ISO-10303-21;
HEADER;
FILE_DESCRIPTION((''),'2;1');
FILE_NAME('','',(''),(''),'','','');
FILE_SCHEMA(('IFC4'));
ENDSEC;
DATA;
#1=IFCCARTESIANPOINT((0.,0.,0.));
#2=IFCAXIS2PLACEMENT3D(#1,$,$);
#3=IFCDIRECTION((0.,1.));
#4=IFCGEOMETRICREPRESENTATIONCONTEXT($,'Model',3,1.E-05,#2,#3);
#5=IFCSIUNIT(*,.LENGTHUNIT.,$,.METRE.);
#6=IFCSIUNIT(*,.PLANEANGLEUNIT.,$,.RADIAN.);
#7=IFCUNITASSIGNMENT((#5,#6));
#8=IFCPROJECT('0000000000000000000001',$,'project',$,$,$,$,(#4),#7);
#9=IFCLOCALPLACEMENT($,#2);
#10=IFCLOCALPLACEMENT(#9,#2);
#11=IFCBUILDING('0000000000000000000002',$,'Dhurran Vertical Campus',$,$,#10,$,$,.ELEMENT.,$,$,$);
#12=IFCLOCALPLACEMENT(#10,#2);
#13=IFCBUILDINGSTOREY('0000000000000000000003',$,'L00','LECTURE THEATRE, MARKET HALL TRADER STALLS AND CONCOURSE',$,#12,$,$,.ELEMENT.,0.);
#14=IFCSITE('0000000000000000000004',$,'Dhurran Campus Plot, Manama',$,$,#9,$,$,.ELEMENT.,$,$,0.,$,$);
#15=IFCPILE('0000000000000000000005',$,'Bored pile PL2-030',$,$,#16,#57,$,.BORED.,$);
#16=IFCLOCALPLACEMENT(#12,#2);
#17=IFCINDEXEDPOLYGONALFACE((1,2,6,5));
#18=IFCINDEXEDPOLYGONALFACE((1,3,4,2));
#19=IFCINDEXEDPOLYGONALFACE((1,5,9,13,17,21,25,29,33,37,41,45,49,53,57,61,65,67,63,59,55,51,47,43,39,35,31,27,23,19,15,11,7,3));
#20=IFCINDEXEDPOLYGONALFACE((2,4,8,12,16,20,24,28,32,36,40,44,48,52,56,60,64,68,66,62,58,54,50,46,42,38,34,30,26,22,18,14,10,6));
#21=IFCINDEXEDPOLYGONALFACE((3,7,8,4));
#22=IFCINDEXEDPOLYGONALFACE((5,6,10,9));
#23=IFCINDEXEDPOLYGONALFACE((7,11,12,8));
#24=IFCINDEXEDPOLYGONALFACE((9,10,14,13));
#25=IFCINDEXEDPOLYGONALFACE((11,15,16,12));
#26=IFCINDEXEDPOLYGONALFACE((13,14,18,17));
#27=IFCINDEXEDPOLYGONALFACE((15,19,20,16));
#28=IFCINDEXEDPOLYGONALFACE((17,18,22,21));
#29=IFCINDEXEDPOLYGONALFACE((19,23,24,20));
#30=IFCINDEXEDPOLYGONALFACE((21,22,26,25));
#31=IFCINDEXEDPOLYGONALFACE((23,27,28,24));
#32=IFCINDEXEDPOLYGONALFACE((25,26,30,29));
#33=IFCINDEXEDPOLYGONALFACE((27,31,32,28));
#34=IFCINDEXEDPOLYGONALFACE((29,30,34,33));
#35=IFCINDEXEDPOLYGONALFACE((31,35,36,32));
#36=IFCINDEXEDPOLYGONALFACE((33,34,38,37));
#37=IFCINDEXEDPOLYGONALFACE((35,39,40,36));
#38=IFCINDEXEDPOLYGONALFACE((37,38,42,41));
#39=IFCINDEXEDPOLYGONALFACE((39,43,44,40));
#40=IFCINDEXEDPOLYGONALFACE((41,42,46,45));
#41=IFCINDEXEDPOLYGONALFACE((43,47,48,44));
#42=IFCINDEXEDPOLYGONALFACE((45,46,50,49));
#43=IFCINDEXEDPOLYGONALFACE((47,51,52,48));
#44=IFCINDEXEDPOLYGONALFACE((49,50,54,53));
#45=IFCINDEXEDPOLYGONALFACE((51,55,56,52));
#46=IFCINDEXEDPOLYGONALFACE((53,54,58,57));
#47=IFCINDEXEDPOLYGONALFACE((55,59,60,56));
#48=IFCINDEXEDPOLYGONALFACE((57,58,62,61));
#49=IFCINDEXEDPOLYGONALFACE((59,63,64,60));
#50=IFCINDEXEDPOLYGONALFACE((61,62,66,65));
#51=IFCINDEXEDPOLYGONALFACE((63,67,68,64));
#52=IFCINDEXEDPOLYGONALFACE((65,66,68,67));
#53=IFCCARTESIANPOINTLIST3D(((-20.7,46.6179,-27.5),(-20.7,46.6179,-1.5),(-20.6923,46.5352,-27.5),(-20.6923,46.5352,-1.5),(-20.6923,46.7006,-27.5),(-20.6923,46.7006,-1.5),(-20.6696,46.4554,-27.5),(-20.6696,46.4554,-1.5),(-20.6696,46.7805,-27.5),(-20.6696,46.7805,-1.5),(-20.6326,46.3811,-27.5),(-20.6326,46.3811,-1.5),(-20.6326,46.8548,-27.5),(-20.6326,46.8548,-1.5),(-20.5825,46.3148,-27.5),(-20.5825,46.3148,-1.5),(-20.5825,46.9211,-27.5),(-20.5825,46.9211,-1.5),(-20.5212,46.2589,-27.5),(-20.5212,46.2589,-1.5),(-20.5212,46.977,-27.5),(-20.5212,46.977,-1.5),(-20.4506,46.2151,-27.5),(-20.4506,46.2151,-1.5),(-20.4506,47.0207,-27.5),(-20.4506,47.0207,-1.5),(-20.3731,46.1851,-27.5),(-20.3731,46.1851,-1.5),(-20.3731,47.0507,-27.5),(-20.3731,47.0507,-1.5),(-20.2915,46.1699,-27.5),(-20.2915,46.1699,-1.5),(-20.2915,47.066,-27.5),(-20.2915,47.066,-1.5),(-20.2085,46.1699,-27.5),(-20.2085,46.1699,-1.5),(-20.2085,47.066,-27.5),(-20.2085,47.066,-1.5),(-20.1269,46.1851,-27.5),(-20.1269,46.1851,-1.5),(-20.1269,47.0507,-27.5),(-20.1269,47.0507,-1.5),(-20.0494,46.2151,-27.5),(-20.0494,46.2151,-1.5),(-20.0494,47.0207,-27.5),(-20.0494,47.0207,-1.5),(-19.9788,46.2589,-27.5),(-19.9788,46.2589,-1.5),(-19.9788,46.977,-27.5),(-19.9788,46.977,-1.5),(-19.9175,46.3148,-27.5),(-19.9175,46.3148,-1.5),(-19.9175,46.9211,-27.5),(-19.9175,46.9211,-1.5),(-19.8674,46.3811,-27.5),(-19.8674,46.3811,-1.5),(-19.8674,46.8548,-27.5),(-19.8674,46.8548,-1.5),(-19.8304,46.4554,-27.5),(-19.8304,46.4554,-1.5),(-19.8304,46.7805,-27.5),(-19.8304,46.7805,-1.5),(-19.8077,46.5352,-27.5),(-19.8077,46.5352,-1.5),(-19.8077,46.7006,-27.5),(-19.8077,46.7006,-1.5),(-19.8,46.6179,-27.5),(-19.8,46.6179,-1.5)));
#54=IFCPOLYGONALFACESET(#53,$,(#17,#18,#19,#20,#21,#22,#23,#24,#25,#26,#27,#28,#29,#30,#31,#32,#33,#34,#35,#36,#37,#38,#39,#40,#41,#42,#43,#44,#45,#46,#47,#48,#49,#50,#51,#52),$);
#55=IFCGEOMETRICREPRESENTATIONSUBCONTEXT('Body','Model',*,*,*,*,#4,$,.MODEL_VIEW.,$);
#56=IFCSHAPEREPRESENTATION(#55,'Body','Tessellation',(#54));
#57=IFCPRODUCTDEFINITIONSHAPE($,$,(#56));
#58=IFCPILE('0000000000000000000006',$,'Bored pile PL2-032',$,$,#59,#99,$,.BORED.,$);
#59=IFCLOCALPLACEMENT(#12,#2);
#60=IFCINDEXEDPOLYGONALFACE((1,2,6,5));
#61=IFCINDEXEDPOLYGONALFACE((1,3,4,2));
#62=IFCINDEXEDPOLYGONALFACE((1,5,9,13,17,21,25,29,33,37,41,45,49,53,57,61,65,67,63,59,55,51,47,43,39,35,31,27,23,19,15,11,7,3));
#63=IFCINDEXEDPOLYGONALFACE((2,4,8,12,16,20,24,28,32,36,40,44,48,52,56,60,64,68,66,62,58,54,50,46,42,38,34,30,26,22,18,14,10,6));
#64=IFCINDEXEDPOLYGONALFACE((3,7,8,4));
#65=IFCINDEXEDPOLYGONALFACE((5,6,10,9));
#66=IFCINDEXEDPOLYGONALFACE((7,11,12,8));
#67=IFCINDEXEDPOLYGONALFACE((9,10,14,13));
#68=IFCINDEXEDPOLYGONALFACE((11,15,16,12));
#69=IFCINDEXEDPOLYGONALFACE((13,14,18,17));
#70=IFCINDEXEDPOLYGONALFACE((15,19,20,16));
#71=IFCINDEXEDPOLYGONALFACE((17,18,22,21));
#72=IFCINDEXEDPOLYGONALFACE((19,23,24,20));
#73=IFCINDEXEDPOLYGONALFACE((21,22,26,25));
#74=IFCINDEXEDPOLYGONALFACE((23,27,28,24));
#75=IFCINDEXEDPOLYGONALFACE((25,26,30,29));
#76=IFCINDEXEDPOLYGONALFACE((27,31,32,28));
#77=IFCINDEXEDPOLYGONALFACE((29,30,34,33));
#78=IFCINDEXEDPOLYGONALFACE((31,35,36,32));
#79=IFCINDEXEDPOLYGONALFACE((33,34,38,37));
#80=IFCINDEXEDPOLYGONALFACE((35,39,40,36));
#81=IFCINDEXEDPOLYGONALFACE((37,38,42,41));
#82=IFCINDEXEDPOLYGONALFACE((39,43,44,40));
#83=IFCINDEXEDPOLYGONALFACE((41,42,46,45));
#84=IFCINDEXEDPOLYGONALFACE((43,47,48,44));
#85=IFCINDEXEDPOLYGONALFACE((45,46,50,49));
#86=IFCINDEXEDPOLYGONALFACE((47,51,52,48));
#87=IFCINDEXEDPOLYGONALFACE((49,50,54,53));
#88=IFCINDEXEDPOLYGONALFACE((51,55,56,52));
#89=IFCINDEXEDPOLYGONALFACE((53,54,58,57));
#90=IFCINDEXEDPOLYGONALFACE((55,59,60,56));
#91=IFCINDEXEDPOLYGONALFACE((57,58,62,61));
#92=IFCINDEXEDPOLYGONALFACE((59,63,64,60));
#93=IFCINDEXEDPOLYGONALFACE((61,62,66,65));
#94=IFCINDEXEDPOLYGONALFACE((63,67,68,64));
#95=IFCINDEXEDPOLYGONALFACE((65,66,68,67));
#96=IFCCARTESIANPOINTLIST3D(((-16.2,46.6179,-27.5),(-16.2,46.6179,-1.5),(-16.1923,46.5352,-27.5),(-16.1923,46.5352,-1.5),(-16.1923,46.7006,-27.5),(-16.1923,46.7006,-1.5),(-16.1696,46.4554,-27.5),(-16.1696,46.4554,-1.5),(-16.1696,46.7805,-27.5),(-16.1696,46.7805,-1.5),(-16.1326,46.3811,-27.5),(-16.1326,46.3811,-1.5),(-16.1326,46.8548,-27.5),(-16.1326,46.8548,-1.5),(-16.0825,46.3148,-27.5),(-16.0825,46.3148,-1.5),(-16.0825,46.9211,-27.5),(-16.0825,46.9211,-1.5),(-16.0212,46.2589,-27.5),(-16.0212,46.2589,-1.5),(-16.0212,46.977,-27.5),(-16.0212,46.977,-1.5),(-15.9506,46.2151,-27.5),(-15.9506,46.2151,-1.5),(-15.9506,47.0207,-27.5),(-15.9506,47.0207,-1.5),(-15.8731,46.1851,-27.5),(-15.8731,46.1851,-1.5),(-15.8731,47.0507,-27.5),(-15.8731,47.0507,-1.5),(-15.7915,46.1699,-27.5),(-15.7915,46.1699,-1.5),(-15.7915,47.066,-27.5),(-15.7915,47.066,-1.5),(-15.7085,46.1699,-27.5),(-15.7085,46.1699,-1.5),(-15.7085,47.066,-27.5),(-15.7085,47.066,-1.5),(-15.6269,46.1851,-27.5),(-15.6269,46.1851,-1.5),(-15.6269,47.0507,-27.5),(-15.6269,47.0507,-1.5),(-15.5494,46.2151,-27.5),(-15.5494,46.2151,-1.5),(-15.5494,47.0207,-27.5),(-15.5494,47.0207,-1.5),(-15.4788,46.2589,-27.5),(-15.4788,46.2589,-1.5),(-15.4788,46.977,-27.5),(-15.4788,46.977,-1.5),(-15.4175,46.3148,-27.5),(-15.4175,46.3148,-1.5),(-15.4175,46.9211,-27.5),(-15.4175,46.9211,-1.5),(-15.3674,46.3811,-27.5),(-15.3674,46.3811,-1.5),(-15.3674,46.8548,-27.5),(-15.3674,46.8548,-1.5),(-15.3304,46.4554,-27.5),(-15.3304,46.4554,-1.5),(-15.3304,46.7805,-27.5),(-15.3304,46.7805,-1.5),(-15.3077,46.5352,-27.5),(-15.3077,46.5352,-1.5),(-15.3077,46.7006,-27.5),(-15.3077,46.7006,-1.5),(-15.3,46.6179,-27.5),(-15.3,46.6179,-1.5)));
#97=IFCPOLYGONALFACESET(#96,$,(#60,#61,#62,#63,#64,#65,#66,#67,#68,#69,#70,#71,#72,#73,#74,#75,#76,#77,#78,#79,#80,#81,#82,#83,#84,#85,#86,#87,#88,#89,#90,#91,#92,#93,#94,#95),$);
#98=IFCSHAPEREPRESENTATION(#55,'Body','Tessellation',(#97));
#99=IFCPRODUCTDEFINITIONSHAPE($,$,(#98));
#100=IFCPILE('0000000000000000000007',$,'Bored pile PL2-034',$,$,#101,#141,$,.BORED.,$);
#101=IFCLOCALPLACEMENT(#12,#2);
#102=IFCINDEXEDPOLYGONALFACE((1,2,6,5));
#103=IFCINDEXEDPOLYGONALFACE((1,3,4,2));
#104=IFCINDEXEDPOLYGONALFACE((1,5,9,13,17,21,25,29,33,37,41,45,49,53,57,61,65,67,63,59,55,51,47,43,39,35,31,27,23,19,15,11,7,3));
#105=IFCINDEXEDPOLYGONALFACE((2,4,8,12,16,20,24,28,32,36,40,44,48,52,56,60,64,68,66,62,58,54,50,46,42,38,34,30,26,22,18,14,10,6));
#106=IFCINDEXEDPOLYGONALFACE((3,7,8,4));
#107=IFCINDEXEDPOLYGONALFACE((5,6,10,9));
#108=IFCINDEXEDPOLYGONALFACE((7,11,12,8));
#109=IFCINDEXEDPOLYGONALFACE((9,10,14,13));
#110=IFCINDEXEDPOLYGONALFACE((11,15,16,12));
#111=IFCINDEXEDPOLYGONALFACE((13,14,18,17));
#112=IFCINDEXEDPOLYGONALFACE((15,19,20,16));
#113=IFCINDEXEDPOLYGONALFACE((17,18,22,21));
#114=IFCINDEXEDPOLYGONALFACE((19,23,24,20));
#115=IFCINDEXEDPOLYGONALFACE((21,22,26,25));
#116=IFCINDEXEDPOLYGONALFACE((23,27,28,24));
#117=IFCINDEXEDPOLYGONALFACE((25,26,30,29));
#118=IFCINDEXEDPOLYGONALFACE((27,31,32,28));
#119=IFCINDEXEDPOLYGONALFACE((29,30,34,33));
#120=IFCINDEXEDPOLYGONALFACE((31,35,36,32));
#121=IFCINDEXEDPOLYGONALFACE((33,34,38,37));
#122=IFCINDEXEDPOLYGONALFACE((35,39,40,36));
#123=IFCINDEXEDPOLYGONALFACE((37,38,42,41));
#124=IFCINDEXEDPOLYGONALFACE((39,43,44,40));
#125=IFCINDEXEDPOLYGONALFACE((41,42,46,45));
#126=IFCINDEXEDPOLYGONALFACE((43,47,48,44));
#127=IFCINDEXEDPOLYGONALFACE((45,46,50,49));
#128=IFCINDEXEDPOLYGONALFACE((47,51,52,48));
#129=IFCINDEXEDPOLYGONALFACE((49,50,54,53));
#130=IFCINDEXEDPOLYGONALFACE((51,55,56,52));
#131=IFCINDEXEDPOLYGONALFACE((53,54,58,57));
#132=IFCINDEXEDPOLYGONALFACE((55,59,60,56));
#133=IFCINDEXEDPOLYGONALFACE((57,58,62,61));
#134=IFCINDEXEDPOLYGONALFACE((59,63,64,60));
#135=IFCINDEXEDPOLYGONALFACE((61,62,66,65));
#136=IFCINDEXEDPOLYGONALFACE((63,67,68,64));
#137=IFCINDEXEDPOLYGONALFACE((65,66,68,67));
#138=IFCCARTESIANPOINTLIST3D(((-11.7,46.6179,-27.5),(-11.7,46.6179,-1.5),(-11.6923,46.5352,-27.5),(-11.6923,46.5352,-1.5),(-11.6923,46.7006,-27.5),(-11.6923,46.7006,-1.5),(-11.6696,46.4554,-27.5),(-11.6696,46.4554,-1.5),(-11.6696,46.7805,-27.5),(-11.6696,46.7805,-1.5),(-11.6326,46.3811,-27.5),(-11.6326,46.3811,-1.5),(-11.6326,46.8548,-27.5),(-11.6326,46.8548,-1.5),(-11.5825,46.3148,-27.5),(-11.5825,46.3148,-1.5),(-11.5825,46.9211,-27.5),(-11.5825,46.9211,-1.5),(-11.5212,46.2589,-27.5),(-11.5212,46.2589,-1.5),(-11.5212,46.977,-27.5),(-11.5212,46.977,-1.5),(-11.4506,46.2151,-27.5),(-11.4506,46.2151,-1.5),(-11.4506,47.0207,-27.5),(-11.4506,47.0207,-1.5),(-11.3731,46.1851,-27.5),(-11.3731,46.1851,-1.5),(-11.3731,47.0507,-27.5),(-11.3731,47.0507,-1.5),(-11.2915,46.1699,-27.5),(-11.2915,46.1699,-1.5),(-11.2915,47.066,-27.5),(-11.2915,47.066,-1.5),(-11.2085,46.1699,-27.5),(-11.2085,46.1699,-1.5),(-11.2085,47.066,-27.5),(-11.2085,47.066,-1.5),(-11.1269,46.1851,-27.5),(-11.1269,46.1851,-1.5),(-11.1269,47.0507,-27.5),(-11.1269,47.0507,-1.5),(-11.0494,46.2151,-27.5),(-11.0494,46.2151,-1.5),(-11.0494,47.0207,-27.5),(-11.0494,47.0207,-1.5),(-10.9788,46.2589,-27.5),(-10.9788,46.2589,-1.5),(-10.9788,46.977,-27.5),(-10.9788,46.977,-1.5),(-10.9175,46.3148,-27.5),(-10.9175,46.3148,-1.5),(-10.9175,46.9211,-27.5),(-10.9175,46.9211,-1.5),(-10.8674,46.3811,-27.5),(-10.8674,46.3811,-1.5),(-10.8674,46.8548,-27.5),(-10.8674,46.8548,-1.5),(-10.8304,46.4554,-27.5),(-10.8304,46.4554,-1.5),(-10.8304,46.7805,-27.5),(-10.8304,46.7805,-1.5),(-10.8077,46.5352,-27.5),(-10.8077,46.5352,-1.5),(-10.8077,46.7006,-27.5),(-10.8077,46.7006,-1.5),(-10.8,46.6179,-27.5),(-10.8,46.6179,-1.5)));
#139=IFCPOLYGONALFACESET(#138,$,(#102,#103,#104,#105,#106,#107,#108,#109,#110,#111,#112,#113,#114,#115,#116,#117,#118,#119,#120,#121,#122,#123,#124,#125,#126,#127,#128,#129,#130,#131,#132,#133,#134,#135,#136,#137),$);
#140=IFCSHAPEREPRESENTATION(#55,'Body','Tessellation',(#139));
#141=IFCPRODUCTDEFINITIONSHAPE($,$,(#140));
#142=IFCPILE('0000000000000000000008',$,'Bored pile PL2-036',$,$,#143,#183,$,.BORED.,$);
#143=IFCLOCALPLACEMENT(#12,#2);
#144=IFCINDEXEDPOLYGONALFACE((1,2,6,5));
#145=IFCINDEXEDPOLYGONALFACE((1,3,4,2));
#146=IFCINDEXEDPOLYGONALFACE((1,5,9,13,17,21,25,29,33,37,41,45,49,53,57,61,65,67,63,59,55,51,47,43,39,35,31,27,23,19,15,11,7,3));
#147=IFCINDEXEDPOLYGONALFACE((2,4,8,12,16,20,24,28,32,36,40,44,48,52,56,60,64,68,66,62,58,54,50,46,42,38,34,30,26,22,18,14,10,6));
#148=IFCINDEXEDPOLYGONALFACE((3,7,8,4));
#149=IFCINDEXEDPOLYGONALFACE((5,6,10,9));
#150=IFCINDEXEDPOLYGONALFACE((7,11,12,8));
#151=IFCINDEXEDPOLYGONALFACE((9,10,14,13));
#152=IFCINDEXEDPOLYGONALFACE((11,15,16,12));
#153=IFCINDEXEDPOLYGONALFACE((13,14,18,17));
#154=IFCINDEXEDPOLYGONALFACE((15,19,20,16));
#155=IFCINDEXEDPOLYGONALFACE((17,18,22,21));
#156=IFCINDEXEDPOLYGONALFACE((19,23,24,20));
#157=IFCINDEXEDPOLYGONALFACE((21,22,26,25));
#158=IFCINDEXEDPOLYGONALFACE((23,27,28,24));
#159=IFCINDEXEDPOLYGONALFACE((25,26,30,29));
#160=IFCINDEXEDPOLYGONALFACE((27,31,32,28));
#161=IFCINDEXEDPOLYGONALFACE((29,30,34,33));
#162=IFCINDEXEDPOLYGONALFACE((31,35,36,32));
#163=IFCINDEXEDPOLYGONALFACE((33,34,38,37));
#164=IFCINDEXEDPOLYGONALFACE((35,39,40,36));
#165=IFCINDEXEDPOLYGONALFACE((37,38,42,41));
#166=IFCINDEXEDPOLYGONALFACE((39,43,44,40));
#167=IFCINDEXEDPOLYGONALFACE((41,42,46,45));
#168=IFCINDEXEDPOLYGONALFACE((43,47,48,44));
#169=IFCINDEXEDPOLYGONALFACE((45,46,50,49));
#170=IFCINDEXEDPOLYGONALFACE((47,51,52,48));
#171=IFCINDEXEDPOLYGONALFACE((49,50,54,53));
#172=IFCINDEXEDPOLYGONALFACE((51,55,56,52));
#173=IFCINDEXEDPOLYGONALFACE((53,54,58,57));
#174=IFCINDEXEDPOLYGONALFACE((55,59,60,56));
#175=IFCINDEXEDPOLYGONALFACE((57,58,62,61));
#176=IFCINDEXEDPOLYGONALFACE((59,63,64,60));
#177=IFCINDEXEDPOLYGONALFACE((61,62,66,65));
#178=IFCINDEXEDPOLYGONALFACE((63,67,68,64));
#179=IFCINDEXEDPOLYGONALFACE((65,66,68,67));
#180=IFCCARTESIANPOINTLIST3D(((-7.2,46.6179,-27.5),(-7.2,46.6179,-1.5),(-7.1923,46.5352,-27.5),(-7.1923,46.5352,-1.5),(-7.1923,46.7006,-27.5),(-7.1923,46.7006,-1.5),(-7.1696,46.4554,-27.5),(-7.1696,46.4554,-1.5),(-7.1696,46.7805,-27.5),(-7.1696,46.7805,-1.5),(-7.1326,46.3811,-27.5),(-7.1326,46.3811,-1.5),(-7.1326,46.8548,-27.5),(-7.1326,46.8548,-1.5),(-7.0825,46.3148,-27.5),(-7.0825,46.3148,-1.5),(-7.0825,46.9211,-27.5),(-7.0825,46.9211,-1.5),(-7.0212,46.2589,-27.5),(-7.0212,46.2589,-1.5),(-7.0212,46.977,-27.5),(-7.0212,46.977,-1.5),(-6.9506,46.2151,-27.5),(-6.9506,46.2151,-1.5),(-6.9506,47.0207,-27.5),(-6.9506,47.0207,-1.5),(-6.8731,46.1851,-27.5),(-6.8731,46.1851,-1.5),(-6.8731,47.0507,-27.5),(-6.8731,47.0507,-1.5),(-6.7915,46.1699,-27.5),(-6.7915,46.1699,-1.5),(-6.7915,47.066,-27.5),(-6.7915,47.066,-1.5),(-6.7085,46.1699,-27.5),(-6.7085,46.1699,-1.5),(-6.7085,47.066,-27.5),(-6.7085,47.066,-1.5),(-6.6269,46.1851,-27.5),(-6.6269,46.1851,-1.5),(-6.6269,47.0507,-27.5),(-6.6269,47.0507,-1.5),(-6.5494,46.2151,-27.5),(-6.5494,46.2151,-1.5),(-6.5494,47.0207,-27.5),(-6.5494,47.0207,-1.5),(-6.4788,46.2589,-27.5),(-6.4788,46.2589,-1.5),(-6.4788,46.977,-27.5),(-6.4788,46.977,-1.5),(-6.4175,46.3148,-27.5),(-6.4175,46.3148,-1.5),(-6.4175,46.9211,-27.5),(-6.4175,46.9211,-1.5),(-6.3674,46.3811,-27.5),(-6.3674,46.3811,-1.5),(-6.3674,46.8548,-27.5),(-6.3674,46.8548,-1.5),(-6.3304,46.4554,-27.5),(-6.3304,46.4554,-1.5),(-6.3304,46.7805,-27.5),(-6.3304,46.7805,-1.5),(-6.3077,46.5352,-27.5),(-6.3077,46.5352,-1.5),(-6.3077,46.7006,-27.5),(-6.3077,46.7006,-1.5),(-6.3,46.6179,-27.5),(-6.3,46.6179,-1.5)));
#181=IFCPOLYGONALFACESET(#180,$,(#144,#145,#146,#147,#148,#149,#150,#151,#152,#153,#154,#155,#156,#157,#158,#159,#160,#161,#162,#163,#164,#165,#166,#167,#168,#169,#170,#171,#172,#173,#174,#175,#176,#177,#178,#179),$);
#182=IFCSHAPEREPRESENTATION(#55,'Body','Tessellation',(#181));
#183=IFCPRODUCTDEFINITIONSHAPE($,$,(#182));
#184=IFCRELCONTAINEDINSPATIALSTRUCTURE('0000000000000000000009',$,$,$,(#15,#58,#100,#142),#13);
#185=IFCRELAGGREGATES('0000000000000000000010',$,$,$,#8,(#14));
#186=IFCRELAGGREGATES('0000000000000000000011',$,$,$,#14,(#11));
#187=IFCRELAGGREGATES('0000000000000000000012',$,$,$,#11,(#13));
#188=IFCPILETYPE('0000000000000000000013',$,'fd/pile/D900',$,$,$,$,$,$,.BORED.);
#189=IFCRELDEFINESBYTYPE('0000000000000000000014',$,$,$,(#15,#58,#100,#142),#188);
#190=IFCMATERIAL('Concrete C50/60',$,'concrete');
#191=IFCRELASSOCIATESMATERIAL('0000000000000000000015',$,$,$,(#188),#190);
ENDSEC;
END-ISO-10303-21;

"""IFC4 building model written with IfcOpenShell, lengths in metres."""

from ifc_helpers import new_model, si_unit, direction, frame, origin, origin_2d, place, context, subcontext, project, spatial, circle, extrude, material, material_profile, profile_set, type_object, element, save


model = new_model("IFC4")

# Units and contexts
model_context = context("Model", 3, precision=1e-05, world=origin(), true_north=direction((0.0, 1.0)))
body_context = subcontext(model_context, "Body", "Model", "MODEL_VIEW")
ifc_project = project(units=[si_unit("LENGTHUNIT", "METRE"), si_unit("PLANEANGLEUNIT", "RADIAN")], contexts=[model_context])

# Site, building, storey
site_placement = place(None, origin())
site = spatial("IfcSite", under=ifc_project, at=site_placement, Name="Dhurran Campus Plot, Manama", CompositionType="ELEMENT", RefElevation=0.0)
building_placement = place(site_placement, origin())
building = spatial("IfcBuilding", under=site, at=building_placement, Name="Dhurran Vertical Campus", CompositionType="ELEMENT")
storey_placement = place(building_placement, origin())
storey = spatial("IfcBuildingStorey", under=building, at=storey_placement, Name="L00", Description="LECTURE THEATRE, MARKET HALL TRADER STALLS AND CONCOURSE", CompositionType="ELEMENT", Elevation=0.0)

# Piles
ifc_material_1 = material(Name="Concrete C50/60", Category="concrete")
ifc_material_profile_1 = material_profile(ifc_material_1, circle(Radius=0.45, at=origin_2d()), Name="fd/pile/D900")
ifc_profile_set_1 = profile_set([ifc_material_profile_1], Name="Concrete C50/60")
pile_type = type_object("IfcPileType", Name="fd/pile/D900", PredefinedType="BORED", material=ifc_profile_set_1)
for number, where, z_axis, x_axis, name in (
    (1, (-20.25, 46.6179, -1.5), (0.0, 0.0, -1.0), (1.0, 0.0, 0.0), "Bored pile PL2-030"),
    (2, (-15.75, 46.6179, -1.5), (0.0, 0.0, -1.0), (1.0, 0.0, 0.0), "Bored pile PL2-032"),
    (3, (-11.25, 46.6179, -1.5), (0.0, 0.0, -1.0), (1.0, 0.0, 0.0), "Bored pile PL2-034"),
    (4, (-6.75, 46.6179, -1.5), (0.0, 0.0, -1.0), (1.0, 0.0, 0.0), "Bored pile PL2-036"),
):
    element("IfcPile", number, at=place(storey_placement, frame(where, z_axis=z_axis, x_axis=x_axis)), inside=storey, type_object=pile_type, Name=name, PredefinedType="BORED", context=body_context, shape_type="SweptSolid", body=[
        extrude(circle(Radius=0.45, at=origin_2d()), origin(), (0.0, 0.0, 1.0), 26.0),
    ])

save(model, "model.ifc")
